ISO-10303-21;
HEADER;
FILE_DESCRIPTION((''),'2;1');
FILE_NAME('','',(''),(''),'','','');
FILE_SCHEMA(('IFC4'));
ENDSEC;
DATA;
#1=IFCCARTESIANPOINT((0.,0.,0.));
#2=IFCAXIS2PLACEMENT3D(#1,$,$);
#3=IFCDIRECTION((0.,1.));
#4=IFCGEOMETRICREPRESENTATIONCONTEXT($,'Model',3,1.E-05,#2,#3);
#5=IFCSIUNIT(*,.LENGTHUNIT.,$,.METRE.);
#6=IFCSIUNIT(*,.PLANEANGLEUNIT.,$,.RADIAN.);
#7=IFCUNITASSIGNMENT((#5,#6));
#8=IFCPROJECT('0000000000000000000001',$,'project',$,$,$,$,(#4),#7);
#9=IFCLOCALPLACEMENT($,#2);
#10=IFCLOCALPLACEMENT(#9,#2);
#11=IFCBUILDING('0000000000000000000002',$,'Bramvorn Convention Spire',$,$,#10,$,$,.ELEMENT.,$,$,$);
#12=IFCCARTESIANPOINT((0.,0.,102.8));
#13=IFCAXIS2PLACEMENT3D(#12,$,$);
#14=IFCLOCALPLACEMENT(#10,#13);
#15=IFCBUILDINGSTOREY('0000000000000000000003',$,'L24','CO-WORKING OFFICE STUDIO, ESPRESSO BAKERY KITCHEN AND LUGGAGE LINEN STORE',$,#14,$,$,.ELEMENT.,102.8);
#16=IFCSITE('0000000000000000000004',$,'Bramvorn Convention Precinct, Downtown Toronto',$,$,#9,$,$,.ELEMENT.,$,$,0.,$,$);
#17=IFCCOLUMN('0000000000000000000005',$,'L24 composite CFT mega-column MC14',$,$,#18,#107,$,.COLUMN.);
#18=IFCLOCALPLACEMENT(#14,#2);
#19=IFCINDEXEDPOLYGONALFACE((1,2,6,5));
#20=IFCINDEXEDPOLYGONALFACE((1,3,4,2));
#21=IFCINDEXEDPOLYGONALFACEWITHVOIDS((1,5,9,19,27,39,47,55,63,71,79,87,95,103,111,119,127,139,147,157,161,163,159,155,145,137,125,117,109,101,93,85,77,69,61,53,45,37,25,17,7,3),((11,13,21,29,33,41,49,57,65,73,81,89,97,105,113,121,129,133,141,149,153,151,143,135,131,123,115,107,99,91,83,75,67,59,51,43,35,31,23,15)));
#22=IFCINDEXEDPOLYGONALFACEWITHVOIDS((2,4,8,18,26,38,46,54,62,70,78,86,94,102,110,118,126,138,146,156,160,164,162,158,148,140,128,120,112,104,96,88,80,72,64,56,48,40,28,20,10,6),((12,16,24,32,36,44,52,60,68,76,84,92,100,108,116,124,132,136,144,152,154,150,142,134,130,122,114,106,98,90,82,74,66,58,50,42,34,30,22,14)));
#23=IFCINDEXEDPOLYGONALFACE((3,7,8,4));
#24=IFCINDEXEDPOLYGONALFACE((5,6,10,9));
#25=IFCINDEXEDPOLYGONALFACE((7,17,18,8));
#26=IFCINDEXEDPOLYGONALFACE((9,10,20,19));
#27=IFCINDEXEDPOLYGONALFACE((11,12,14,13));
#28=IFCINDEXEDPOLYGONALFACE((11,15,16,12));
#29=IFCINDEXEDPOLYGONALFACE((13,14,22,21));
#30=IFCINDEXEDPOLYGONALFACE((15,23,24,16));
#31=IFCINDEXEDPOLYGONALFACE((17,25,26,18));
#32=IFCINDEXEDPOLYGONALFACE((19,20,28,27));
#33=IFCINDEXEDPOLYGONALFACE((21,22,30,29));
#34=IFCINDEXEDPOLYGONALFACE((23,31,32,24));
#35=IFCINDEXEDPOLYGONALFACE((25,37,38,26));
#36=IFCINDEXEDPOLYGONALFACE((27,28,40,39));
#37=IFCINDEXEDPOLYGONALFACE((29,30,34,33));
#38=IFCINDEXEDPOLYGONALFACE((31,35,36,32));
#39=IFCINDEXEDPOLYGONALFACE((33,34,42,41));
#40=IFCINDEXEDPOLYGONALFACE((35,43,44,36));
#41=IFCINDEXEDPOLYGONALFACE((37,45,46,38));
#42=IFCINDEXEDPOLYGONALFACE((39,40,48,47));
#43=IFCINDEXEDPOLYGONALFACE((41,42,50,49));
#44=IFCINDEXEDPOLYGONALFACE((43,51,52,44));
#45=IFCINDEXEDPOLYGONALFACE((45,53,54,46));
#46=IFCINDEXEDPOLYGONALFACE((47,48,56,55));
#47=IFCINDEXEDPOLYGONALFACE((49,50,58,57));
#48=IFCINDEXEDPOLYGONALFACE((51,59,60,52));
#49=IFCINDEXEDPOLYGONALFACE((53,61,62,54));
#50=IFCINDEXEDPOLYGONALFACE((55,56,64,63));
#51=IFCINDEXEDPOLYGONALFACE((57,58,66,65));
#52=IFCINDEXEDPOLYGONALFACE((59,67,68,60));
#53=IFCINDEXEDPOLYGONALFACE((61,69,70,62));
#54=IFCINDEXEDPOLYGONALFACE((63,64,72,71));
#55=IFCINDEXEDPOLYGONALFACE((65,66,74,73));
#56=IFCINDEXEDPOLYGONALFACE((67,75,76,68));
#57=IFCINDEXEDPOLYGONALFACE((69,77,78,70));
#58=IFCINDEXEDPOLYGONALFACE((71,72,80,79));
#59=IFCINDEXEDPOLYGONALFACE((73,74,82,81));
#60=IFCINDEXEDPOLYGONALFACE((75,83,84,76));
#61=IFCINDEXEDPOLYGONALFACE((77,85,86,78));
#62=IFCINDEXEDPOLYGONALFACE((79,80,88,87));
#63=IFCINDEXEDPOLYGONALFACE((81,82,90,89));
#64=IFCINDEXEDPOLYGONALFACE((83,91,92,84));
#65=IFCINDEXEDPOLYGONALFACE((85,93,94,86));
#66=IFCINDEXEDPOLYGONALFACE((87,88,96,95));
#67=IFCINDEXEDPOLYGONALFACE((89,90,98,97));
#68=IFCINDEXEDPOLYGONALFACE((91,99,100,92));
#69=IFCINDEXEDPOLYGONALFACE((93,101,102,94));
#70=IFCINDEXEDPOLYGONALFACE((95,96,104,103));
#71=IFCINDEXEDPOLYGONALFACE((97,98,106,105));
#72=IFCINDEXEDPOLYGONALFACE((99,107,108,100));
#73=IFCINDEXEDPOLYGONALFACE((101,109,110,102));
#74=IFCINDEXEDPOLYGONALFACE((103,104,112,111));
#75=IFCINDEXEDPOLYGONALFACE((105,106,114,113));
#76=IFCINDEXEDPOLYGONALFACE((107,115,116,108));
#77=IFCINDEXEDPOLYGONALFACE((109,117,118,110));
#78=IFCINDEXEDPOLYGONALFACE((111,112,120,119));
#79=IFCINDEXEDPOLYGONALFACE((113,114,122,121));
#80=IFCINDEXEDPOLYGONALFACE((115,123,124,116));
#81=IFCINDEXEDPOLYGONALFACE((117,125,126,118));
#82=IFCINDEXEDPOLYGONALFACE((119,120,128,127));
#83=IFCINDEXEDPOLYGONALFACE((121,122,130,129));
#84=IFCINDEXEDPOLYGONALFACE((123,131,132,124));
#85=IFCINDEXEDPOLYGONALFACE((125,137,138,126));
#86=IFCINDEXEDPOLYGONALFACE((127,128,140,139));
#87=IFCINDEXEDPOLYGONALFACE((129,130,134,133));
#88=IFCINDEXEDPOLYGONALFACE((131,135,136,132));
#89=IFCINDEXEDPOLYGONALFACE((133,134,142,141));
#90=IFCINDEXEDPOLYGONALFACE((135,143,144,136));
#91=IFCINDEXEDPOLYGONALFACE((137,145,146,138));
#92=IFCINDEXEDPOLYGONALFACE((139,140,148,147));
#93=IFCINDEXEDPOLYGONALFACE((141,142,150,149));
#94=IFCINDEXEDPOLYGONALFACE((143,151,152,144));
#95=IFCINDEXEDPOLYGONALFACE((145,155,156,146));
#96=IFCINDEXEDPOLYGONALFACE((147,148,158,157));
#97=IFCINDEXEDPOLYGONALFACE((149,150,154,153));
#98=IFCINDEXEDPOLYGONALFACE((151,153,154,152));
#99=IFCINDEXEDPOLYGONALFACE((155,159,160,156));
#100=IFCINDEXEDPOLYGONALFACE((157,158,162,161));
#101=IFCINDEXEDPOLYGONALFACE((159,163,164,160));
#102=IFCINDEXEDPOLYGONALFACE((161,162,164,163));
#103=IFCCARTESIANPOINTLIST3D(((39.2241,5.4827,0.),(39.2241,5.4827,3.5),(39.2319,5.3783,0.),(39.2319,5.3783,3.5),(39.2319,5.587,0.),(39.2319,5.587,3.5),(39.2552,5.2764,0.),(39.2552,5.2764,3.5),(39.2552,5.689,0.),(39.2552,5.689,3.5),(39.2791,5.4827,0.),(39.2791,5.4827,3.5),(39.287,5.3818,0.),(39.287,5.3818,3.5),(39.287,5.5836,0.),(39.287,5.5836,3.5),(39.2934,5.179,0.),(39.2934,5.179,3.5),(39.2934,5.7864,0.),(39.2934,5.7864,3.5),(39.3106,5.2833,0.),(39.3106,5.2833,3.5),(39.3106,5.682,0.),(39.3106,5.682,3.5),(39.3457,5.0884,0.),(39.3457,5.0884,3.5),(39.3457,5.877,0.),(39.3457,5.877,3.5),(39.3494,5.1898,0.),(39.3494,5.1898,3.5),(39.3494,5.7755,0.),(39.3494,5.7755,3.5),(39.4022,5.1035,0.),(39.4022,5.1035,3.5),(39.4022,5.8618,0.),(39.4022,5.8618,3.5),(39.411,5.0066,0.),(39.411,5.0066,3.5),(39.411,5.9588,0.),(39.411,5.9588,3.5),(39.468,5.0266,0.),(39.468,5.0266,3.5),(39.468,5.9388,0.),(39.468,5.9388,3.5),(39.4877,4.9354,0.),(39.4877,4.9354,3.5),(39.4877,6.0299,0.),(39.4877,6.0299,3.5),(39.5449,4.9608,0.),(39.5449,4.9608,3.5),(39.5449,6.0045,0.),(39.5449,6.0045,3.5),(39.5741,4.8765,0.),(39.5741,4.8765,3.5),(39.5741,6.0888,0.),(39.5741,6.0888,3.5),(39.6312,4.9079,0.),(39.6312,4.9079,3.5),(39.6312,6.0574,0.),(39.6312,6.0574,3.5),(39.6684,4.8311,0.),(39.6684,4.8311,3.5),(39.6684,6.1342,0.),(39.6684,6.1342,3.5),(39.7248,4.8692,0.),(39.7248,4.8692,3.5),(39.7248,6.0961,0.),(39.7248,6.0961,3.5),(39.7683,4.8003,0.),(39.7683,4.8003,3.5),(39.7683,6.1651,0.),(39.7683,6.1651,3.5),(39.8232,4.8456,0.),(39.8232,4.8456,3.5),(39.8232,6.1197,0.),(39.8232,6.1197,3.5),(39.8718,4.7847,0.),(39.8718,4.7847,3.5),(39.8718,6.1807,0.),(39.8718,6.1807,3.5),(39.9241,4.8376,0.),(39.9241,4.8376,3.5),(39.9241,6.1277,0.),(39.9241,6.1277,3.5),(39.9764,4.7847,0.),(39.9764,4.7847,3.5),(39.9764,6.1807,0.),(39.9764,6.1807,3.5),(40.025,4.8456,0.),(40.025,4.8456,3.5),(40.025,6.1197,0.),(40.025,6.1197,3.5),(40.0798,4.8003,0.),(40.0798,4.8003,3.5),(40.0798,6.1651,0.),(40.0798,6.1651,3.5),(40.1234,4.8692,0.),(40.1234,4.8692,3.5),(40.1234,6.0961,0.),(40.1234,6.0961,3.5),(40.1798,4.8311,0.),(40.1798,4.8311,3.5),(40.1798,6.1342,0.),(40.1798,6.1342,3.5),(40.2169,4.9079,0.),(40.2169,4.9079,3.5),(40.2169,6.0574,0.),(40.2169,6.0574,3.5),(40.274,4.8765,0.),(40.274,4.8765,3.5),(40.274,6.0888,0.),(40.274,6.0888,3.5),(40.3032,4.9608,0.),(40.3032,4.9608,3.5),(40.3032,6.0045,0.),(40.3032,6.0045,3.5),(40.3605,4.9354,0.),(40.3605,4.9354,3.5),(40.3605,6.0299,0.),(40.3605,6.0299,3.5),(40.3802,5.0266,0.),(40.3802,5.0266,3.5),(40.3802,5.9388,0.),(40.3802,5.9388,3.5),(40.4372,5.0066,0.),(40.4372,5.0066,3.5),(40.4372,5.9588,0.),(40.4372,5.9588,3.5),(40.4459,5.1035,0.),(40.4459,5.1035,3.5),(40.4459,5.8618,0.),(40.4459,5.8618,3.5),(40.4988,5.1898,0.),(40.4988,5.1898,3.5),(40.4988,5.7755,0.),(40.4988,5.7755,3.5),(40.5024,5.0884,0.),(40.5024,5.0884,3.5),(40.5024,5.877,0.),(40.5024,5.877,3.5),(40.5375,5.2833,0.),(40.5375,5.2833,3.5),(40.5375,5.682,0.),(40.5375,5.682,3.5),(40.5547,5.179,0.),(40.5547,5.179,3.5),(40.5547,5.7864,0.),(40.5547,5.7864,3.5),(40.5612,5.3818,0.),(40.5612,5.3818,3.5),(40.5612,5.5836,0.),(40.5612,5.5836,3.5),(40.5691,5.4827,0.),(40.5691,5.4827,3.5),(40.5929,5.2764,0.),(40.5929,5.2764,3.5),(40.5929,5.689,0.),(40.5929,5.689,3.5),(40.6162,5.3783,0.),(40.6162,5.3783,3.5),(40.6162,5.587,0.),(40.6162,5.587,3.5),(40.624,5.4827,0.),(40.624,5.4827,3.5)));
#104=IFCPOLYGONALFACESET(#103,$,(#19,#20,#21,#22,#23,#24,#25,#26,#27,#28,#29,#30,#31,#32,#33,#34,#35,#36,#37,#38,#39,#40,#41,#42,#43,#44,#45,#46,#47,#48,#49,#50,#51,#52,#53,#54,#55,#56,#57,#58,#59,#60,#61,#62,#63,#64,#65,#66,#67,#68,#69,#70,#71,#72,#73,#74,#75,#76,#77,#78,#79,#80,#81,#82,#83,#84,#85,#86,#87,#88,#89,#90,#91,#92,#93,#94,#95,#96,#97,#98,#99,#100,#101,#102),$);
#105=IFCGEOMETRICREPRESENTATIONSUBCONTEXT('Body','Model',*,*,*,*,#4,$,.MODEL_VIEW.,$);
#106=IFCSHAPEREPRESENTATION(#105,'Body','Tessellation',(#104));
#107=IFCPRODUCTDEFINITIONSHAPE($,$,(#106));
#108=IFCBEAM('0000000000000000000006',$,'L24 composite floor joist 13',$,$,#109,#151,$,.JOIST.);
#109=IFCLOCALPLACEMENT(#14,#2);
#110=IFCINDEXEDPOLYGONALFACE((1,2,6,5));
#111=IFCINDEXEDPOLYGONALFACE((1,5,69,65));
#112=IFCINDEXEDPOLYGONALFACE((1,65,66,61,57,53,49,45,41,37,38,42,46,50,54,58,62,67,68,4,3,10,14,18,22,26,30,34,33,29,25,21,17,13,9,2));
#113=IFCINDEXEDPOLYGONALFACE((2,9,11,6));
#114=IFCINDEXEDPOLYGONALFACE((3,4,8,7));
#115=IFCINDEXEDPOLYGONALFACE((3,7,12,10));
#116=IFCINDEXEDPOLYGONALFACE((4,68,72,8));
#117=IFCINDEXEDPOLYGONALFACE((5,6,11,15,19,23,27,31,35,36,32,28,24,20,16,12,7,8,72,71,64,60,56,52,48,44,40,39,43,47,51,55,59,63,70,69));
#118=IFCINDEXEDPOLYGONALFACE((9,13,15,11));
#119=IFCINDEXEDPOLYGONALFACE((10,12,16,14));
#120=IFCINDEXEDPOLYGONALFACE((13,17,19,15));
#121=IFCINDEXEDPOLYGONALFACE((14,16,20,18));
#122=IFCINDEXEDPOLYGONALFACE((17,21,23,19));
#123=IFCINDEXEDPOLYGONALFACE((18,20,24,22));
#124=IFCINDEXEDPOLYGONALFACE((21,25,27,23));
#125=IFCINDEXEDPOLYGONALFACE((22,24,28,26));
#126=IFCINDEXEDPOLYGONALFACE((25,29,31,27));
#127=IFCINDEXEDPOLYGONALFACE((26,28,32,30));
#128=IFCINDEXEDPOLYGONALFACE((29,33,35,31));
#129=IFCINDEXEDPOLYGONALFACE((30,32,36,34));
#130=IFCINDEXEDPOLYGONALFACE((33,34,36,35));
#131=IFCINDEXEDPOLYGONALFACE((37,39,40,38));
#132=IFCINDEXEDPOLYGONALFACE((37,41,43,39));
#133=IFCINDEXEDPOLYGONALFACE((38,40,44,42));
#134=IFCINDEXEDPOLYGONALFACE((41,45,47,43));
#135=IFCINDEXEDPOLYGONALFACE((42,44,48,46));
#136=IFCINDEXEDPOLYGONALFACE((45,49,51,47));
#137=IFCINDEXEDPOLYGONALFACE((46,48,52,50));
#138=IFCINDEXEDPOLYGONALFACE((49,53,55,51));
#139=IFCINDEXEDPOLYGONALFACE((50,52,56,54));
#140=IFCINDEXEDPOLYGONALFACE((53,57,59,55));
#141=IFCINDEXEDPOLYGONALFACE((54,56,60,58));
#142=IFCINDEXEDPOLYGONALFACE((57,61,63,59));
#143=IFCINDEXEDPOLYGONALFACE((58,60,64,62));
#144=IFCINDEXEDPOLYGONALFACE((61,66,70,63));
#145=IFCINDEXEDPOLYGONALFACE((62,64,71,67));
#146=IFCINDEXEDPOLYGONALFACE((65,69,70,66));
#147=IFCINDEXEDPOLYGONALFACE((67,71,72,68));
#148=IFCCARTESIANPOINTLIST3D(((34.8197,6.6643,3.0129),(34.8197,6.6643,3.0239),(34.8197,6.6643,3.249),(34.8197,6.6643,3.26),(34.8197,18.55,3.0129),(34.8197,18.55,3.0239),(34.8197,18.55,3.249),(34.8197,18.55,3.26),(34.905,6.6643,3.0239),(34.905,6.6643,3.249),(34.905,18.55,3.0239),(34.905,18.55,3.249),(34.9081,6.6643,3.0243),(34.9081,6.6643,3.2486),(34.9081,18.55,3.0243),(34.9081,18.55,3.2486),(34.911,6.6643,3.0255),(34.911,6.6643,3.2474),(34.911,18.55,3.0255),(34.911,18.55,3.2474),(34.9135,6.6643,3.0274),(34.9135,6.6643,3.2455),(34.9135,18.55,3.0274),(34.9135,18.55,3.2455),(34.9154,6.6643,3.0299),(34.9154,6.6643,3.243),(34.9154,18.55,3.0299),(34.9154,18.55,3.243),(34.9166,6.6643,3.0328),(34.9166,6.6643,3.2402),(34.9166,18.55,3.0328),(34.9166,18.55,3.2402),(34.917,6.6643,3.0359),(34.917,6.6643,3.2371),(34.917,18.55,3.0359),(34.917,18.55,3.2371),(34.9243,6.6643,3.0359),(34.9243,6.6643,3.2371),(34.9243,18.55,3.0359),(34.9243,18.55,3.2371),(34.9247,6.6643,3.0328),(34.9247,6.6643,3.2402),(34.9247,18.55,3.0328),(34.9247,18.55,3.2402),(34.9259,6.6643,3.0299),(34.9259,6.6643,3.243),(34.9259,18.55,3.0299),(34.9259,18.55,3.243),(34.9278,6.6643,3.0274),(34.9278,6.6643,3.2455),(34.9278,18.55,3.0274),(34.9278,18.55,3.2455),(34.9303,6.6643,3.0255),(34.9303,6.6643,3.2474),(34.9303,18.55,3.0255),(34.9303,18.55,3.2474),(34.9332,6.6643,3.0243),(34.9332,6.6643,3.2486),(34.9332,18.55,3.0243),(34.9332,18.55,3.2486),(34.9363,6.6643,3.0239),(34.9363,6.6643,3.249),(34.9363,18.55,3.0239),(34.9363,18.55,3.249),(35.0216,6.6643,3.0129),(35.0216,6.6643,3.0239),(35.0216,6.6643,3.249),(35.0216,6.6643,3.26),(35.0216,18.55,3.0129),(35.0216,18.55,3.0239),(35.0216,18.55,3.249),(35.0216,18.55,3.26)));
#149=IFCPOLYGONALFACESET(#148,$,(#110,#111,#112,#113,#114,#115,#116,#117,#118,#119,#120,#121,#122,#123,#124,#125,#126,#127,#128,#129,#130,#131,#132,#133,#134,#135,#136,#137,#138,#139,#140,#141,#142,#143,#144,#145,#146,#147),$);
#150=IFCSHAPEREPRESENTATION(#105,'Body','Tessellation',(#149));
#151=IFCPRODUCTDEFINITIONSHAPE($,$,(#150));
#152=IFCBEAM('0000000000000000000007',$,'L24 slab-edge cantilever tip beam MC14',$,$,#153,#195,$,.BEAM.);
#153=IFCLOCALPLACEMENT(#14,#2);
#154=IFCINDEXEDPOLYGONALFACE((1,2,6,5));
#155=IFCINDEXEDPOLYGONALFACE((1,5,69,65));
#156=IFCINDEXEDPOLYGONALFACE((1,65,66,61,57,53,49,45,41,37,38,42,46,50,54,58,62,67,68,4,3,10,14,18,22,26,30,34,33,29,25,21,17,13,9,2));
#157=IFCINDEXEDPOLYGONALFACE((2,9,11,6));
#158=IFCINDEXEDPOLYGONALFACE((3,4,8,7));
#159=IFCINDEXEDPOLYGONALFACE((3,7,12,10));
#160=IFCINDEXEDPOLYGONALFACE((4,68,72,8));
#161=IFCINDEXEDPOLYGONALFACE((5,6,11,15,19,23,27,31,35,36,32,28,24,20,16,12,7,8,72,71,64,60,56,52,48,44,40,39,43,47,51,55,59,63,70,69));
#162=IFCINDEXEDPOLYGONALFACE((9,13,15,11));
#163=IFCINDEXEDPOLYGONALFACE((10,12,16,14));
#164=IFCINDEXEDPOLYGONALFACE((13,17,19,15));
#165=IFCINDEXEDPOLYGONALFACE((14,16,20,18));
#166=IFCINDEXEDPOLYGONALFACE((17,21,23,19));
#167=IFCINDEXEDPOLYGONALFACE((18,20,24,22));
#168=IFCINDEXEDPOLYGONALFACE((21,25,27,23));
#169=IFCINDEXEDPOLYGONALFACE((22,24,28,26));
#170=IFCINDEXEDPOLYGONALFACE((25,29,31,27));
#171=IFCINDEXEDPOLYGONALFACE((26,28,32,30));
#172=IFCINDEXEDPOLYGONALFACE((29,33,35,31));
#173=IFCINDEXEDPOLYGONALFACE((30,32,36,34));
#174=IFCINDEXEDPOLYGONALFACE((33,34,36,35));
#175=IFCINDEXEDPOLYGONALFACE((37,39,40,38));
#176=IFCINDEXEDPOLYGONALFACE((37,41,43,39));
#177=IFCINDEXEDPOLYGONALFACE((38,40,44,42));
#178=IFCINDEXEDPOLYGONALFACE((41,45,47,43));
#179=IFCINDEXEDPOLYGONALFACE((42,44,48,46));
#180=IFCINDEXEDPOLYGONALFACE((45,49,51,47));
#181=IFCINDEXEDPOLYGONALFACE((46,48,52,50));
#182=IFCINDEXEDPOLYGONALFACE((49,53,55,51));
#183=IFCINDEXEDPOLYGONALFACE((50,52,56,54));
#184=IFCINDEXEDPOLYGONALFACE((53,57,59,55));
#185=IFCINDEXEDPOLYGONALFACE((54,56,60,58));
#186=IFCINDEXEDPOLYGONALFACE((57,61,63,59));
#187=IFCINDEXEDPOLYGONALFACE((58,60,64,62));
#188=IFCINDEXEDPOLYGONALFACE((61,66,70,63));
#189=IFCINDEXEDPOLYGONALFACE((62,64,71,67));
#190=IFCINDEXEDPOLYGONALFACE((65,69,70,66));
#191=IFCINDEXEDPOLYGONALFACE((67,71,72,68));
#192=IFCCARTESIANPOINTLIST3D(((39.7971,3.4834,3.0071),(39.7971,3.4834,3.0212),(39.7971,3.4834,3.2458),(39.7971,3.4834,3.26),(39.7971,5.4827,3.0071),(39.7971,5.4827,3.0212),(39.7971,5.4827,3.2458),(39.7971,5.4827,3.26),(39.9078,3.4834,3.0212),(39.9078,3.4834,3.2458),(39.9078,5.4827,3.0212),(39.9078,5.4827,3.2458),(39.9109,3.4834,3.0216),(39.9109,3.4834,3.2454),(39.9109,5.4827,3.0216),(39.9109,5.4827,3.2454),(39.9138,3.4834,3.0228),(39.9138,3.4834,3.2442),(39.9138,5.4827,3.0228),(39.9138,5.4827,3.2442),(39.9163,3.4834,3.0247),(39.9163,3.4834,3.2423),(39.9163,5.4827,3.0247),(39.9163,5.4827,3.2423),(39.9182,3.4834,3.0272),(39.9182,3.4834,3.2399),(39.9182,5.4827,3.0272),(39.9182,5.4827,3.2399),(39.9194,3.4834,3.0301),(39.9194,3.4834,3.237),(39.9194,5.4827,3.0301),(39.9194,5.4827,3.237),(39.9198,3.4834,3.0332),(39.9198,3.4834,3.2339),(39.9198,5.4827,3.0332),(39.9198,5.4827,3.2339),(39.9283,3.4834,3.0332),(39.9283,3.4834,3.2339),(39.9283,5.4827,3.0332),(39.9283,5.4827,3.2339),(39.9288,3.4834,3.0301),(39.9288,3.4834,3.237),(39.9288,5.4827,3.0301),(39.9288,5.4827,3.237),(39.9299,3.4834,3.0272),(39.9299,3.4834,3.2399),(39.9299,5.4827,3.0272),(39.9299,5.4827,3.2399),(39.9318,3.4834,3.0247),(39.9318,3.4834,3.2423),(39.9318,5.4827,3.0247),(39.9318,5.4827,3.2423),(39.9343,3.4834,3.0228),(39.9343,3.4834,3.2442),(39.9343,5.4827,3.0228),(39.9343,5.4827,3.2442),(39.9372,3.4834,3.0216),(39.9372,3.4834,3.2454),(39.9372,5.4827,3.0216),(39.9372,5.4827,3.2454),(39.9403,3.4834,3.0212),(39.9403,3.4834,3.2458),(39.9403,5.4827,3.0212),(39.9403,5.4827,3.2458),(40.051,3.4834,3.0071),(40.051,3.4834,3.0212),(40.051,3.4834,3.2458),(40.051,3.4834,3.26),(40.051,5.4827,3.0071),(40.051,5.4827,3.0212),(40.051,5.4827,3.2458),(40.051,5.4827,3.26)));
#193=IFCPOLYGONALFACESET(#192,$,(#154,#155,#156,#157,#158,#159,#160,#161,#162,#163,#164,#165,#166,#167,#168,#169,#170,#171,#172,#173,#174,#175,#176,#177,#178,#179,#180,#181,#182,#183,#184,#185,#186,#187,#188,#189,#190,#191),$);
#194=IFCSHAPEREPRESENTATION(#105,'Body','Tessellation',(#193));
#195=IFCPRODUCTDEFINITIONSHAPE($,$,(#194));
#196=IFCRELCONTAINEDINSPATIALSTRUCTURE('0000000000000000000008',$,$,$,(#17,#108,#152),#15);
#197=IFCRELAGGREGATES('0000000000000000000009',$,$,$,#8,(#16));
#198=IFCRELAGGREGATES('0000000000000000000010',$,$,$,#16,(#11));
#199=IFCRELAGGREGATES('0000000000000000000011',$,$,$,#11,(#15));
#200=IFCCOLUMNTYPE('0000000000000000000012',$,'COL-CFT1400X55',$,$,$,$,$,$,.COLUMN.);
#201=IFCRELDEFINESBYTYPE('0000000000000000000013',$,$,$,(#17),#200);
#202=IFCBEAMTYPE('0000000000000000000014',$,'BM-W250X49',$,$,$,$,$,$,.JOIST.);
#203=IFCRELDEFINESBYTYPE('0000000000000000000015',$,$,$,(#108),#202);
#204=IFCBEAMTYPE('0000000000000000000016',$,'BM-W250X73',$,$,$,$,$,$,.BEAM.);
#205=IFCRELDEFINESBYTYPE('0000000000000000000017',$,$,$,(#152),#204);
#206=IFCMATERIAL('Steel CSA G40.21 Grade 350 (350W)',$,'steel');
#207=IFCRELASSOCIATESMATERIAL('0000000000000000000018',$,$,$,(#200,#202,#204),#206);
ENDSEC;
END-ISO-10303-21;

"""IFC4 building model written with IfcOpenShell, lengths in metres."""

from ifc_helpers import new_model, si_unit, direction, frame, origin, origin_2d, place, context, subcontext, project, spatial, hollow_circle, i_section, extrude, material, material_profile, profile_set, type_object, element, save


model = new_model("IFC4")

# Units and contexts
model_context = context("Model", 3, precision=1e-05, world=origin(), true_north=direction((0.0, 1.0)))
body_context = subcontext(model_context, "Body", "Model", "MODEL_VIEW")
ifc_project = project(units=[si_unit("LENGTHUNIT", "METRE"), si_unit("PLANEANGLEUNIT", "RADIAN")], contexts=[model_context])

# Site, building, storey
site_placement = place(None, origin())
site = spatial("IfcSite", under=ifc_project, at=site_placement, Name="Bramvorn Convention Precinct, Downtown Toronto", CompositionType="ELEMENT", RefElevation=0.0)
building_placement = place(site_placement, origin())
building = spatial("IfcBuilding", under=site, at=building_placement, Name="Bramvorn Convention Spire", CompositionType="ELEMENT")
storey_placement = place(building_placement, frame((0.0, 0.0, 102.8)))
storey = spatial("IfcBuildingStorey", under=building, at=storey_placement, Name="L24", Description="CO-WORKING OFFICE STUDIO, ESPRESSO BAKERY KITCHEN AND LUGGAGE LINEN STORE", CompositionType="ELEMENT", Elevation=102.8)

# Column
ifc_material_1 = material(Name="Steel CSA G40.21 Grade 350 (350W)", Category="steel")
ifc_material_profile_1 = material_profile(ifc_material_1, hollow_circle(Radius=0.7, WallThickness=0.0549, at=origin_2d()))
ifc_profile_set_1 = profile_set([ifc_material_profile_1], Name="Steel CSA G40.21 Grade 350 (350W) - CFT1400X55")
column_type = type_object("IfcColumnType", Name="COL-CFT1400X55", PredefinedType="COLUMN", material=ifc_profile_set_1)
column_placement = place(storey_placement, frame((39.9241, 5.4827, 0.0), z_axis=(0.0, 0.0, 1.0), x_axis=(1.0, 0.0, 0.0)))
element("IfcColumn", 1, at=column_placement, inside=storey, type_object=column_type, Name="L24 composite CFT mega-column MC14", PredefinedType="COLUMN", context=body_context, shape_type="SweptSolid", body=[
    extrude(hollow_circle(Radius=0.7, WallThickness=0.0549, at=origin_2d()), origin(), (0.0, 0.0, 1.0), 3.5),
])

# Beams
ifc_material_profile_2 = material_profile(ifc_material_1, i_section(OverallWidth=0.2019, OverallDepth=0.2471, WebThickness=0.0073, FlangeThickness=0.011, FilletRadius=0.012, at=origin_2d()))
ifc_profile_set_2 = profile_set([ifc_material_profile_2], Name="Steel CSA G40.21 Grade 350 (350W) - W250X49")
beam_type_1 = type_object("IfcBeamType", Name="BM-W250X49", PredefinedType="JOIST", material=ifc_profile_set_2)
beam_1_placement = place(storey_placement, frame((34.9207, 18.55, 3.1365), z_axis=(0.0, -1.0, 0.0), x_axis=(1.0, 0.0, 0.0)))
element("IfcBeam", 2, at=beam_1_placement, inside=storey, type_object=beam_type_1, Name="L24 composite floor joist 13", PredefinedType="JOIST", context=body_context, shape_type="SweptSolid", body=[
    extrude(i_section(OverallWidth=0.2019, OverallDepth=0.2471, WebThickness=0.0073, FlangeThickness=0.011, FilletRadius=0.012, at=origin_2d()), origin(), (0.0, 0.0, 1.0), 11.8857),
])
ifc_material_profile_3 = material_profile(ifc_material_1, i_section(OverallWidth=0.2539, OverallDepth=0.2529, WebThickness=0.0085, FlangeThickness=0.0142, FilletRadius=0.012, at=origin_2d()))
ifc_profile_set_3 = profile_set([ifc_material_profile_3], Name="Steel CSA G40.21 Grade 350 (350W) - W250X73")
beam_type_2 = type_object("IfcBeamType", Name="BM-W250X73", PredefinedType="BEAM", material=ifc_profile_set_3)
beam_2_placement = place(storey_placement, frame((39.9241, 5.4827, 3.1335), z_axis=(0.0, -1.0, 0.0), x_axis=(1.0, 0.0, 0.0)))
element("IfcBeam", 3, at=beam_2_placement, inside=storey, type_object=beam_type_2, Name="L24 slab-edge cantilever tip beam MC14", PredefinedType="BEAM", context=body_context, shape_type="SweptSolid", body=[
    extrude(i_section(OverallWidth=0.2539, OverallDepth=0.2529, WebThickness=0.0085, FlangeThickness=0.0142, FilletRadius=0.012, at=origin_2d()), origin(), (0.0, 0.0, 1.0), 1.9993),
])

save(model, "model.ifc")
